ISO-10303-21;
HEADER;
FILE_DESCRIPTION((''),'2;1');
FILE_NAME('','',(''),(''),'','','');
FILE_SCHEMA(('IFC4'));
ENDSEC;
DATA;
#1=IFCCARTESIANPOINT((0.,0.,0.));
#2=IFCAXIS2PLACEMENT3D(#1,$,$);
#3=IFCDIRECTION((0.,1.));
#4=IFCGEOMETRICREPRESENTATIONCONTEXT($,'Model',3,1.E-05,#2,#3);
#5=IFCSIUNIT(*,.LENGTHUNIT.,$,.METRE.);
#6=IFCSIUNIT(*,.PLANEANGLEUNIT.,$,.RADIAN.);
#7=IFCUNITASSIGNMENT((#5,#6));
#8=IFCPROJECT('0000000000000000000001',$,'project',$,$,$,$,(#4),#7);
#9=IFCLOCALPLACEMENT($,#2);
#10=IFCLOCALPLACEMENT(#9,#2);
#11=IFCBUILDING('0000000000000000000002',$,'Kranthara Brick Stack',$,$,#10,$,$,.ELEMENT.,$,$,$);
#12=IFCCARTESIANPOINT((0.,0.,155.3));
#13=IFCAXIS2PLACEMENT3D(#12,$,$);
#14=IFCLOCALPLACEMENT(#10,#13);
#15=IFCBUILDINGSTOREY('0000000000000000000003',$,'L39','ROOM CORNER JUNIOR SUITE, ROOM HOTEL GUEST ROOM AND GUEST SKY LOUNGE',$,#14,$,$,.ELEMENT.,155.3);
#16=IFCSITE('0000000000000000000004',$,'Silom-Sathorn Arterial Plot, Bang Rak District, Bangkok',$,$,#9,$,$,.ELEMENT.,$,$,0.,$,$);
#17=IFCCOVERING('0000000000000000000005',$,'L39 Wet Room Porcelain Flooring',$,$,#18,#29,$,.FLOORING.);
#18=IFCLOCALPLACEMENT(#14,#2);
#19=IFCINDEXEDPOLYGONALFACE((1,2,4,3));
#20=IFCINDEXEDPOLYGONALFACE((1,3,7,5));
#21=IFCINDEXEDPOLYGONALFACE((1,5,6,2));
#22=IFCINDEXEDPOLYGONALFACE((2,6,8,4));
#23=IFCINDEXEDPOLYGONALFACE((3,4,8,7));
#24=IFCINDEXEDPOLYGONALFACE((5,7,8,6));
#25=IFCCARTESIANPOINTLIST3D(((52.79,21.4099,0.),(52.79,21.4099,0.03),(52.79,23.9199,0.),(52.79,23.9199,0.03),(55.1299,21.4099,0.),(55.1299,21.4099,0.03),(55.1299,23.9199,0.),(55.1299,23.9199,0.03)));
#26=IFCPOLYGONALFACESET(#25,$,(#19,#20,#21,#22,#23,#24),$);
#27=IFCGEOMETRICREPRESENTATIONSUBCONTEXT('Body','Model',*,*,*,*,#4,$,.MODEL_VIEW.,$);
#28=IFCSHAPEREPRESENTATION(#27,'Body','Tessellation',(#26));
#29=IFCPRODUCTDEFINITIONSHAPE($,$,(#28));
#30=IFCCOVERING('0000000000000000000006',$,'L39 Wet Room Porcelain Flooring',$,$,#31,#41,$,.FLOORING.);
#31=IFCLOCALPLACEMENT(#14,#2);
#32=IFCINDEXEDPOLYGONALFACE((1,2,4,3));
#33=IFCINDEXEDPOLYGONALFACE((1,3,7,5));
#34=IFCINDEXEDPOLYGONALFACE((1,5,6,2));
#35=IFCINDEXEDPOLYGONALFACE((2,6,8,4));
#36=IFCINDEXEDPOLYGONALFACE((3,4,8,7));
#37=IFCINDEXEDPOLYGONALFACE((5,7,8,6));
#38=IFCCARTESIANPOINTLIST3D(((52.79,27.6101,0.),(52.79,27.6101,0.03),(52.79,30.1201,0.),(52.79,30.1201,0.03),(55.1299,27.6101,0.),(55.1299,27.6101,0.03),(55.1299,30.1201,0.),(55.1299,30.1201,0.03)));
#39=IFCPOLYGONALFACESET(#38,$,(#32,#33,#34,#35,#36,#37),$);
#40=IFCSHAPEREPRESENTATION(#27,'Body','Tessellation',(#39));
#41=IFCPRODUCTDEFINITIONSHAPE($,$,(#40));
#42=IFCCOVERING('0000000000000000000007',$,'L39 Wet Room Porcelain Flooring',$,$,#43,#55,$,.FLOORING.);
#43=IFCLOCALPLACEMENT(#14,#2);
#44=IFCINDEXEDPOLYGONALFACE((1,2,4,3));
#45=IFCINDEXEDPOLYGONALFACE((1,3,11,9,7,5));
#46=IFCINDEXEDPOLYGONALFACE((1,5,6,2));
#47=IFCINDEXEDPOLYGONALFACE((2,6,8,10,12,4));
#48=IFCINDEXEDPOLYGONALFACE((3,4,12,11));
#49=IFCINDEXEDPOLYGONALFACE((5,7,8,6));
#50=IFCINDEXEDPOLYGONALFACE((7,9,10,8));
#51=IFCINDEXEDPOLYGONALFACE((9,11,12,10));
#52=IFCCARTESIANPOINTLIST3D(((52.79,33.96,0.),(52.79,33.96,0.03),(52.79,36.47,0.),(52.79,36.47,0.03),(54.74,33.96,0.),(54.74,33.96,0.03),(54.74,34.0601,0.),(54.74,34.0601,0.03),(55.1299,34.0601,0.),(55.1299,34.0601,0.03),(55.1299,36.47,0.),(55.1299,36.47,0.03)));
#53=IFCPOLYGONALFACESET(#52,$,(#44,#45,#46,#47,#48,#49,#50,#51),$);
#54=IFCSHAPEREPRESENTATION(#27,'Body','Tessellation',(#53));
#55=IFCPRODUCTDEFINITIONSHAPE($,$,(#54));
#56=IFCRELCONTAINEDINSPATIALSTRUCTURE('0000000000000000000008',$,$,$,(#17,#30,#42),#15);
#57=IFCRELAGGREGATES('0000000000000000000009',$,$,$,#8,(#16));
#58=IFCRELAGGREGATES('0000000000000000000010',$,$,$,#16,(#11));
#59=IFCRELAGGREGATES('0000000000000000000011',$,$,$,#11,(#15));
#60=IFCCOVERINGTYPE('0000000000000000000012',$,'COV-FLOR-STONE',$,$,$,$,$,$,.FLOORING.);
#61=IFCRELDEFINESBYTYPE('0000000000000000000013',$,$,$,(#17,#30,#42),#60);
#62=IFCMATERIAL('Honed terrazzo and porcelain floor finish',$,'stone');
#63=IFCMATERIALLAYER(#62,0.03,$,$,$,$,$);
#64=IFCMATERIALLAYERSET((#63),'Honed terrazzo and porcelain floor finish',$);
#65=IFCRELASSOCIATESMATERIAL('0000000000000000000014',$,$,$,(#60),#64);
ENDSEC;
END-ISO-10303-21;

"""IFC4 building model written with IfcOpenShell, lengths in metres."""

from ifc_helpers import new_model, si_unit, direction, frame, origin, place, context, subcontext, project, spatial, polyline, outline, extrude, material, layer, layer_set, type_object, element, save


model = new_model("IFC4")

# Units and contexts
model_context = context("Model", 3, precision=1e-05, world=origin(), true_north=direction((0.0, 1.0)))
body_context = subcontext(model_context, "Body", "Model", "MODEL_VIEW")
ifc_project = project(units=[si_unit("LENGTHUNIT", "METRE"), si_unit("PLANEANGLEUNIT", "RADIAN")], contexts=[model_context])

# Site, building, storey
site_placement = place(None, origin())
site = spatial("IfcSite", under=ifc_project, at=site_placement, Name="Silom-Sathorn Arterial Plot, Bang Rak District, Bangkok", CompositionType="ELEMENT", RefElevation=0.0)
building_placement = place(site_placement, origin())
building = spatial("IfcBuilding", under=site, at=building_placement, Name="Kranthara Brick Stack", CompositionType="ELEMENT")
storey_placement = place(building_placement, frame((0.0, 0.0, 155.3)))
storey = spatial("IfcBuildingStorey", under=building, at=storey_placement, Name="L39", Description="ROOM CORNER JUNIOR SUITE, ROOM HOTEL GUEST ROOM AND GUEST SKY LOUNGE", CompositionType="ELEMENT", Elevation=155.3)

# Coverings
ifc_material_1 = material(Name="Honed terrazzo and porcelain floor finish", Category="stone")
ifc_layer_1 = layer(ifc_material_1, 0.03)
ifc_layer_set_1 = layer_set([ifc_layer_1], Name="Honed terrazzo and porcelain floor finish")
covering_type_1 = type_object("IfcCoveringType", Name="COV-FLOR-STONE", PredefinedType="FLOORING", material=ifc_layer_set_1)
covering_1_placement = place(storey_placement, origin())
element("IfcCovering", 1, at=covering_1_placement, inside=storey, type_object=covering_type_1, Name="L39 Wet Room Porcelain Flooring", PredefinedType="FLOORING", context=body_context, shape_type="SweptSolid", body=[
    extrude(outline(polyline([(52.79, 21.4099), (52.79, 23.9199), (55.1299, 23.9199), (55.1299, 21.4099), (52.79, 21.4099)])), origin(), (0.0, 0.0, 1.0), 0.03),
])
covering_2_placement = place(storey_placement, origin())
element("IfcCovering", 2, at=covering_2_placement, inside=storey, type_object=covering_type_1, Name="L39 Wet Room Porcelain Flooring", PredefinedType="FLOORING", context=body_context, shape_type="SweptSolid", body=[
    extrude(outline(polyline([(52.79, 27.6101), (52.79, 30.1201), (55.1299, 30.1201), (55.1299, 27.6101), (52.79, 27.6101)])), origin(), (0.0, 0.0, 1.0), 0.03),
])
covering_3_placement = place(storey_placement, origin())
element("IfcCovering", 3, at=covering_3_placement, inside=storey, type_object=covering_type_1, Name="L39 Wet Room Porcelain Flooring", PredefinedType="FLOORING", context=body_context, shape_type="SweptSolid", body=[
    extrude(outline(polyline([(52.79, 36.47), (55.1299, 36.47), (55.1299, 34.0601), (54.74, 34.0601), (54.74, 33.96), (52.79, 33.96), (52.79, 36.47)])), origin(), (0.0, 0.0, 1.0), 0.03),
])

save(model, "model.ifc")
